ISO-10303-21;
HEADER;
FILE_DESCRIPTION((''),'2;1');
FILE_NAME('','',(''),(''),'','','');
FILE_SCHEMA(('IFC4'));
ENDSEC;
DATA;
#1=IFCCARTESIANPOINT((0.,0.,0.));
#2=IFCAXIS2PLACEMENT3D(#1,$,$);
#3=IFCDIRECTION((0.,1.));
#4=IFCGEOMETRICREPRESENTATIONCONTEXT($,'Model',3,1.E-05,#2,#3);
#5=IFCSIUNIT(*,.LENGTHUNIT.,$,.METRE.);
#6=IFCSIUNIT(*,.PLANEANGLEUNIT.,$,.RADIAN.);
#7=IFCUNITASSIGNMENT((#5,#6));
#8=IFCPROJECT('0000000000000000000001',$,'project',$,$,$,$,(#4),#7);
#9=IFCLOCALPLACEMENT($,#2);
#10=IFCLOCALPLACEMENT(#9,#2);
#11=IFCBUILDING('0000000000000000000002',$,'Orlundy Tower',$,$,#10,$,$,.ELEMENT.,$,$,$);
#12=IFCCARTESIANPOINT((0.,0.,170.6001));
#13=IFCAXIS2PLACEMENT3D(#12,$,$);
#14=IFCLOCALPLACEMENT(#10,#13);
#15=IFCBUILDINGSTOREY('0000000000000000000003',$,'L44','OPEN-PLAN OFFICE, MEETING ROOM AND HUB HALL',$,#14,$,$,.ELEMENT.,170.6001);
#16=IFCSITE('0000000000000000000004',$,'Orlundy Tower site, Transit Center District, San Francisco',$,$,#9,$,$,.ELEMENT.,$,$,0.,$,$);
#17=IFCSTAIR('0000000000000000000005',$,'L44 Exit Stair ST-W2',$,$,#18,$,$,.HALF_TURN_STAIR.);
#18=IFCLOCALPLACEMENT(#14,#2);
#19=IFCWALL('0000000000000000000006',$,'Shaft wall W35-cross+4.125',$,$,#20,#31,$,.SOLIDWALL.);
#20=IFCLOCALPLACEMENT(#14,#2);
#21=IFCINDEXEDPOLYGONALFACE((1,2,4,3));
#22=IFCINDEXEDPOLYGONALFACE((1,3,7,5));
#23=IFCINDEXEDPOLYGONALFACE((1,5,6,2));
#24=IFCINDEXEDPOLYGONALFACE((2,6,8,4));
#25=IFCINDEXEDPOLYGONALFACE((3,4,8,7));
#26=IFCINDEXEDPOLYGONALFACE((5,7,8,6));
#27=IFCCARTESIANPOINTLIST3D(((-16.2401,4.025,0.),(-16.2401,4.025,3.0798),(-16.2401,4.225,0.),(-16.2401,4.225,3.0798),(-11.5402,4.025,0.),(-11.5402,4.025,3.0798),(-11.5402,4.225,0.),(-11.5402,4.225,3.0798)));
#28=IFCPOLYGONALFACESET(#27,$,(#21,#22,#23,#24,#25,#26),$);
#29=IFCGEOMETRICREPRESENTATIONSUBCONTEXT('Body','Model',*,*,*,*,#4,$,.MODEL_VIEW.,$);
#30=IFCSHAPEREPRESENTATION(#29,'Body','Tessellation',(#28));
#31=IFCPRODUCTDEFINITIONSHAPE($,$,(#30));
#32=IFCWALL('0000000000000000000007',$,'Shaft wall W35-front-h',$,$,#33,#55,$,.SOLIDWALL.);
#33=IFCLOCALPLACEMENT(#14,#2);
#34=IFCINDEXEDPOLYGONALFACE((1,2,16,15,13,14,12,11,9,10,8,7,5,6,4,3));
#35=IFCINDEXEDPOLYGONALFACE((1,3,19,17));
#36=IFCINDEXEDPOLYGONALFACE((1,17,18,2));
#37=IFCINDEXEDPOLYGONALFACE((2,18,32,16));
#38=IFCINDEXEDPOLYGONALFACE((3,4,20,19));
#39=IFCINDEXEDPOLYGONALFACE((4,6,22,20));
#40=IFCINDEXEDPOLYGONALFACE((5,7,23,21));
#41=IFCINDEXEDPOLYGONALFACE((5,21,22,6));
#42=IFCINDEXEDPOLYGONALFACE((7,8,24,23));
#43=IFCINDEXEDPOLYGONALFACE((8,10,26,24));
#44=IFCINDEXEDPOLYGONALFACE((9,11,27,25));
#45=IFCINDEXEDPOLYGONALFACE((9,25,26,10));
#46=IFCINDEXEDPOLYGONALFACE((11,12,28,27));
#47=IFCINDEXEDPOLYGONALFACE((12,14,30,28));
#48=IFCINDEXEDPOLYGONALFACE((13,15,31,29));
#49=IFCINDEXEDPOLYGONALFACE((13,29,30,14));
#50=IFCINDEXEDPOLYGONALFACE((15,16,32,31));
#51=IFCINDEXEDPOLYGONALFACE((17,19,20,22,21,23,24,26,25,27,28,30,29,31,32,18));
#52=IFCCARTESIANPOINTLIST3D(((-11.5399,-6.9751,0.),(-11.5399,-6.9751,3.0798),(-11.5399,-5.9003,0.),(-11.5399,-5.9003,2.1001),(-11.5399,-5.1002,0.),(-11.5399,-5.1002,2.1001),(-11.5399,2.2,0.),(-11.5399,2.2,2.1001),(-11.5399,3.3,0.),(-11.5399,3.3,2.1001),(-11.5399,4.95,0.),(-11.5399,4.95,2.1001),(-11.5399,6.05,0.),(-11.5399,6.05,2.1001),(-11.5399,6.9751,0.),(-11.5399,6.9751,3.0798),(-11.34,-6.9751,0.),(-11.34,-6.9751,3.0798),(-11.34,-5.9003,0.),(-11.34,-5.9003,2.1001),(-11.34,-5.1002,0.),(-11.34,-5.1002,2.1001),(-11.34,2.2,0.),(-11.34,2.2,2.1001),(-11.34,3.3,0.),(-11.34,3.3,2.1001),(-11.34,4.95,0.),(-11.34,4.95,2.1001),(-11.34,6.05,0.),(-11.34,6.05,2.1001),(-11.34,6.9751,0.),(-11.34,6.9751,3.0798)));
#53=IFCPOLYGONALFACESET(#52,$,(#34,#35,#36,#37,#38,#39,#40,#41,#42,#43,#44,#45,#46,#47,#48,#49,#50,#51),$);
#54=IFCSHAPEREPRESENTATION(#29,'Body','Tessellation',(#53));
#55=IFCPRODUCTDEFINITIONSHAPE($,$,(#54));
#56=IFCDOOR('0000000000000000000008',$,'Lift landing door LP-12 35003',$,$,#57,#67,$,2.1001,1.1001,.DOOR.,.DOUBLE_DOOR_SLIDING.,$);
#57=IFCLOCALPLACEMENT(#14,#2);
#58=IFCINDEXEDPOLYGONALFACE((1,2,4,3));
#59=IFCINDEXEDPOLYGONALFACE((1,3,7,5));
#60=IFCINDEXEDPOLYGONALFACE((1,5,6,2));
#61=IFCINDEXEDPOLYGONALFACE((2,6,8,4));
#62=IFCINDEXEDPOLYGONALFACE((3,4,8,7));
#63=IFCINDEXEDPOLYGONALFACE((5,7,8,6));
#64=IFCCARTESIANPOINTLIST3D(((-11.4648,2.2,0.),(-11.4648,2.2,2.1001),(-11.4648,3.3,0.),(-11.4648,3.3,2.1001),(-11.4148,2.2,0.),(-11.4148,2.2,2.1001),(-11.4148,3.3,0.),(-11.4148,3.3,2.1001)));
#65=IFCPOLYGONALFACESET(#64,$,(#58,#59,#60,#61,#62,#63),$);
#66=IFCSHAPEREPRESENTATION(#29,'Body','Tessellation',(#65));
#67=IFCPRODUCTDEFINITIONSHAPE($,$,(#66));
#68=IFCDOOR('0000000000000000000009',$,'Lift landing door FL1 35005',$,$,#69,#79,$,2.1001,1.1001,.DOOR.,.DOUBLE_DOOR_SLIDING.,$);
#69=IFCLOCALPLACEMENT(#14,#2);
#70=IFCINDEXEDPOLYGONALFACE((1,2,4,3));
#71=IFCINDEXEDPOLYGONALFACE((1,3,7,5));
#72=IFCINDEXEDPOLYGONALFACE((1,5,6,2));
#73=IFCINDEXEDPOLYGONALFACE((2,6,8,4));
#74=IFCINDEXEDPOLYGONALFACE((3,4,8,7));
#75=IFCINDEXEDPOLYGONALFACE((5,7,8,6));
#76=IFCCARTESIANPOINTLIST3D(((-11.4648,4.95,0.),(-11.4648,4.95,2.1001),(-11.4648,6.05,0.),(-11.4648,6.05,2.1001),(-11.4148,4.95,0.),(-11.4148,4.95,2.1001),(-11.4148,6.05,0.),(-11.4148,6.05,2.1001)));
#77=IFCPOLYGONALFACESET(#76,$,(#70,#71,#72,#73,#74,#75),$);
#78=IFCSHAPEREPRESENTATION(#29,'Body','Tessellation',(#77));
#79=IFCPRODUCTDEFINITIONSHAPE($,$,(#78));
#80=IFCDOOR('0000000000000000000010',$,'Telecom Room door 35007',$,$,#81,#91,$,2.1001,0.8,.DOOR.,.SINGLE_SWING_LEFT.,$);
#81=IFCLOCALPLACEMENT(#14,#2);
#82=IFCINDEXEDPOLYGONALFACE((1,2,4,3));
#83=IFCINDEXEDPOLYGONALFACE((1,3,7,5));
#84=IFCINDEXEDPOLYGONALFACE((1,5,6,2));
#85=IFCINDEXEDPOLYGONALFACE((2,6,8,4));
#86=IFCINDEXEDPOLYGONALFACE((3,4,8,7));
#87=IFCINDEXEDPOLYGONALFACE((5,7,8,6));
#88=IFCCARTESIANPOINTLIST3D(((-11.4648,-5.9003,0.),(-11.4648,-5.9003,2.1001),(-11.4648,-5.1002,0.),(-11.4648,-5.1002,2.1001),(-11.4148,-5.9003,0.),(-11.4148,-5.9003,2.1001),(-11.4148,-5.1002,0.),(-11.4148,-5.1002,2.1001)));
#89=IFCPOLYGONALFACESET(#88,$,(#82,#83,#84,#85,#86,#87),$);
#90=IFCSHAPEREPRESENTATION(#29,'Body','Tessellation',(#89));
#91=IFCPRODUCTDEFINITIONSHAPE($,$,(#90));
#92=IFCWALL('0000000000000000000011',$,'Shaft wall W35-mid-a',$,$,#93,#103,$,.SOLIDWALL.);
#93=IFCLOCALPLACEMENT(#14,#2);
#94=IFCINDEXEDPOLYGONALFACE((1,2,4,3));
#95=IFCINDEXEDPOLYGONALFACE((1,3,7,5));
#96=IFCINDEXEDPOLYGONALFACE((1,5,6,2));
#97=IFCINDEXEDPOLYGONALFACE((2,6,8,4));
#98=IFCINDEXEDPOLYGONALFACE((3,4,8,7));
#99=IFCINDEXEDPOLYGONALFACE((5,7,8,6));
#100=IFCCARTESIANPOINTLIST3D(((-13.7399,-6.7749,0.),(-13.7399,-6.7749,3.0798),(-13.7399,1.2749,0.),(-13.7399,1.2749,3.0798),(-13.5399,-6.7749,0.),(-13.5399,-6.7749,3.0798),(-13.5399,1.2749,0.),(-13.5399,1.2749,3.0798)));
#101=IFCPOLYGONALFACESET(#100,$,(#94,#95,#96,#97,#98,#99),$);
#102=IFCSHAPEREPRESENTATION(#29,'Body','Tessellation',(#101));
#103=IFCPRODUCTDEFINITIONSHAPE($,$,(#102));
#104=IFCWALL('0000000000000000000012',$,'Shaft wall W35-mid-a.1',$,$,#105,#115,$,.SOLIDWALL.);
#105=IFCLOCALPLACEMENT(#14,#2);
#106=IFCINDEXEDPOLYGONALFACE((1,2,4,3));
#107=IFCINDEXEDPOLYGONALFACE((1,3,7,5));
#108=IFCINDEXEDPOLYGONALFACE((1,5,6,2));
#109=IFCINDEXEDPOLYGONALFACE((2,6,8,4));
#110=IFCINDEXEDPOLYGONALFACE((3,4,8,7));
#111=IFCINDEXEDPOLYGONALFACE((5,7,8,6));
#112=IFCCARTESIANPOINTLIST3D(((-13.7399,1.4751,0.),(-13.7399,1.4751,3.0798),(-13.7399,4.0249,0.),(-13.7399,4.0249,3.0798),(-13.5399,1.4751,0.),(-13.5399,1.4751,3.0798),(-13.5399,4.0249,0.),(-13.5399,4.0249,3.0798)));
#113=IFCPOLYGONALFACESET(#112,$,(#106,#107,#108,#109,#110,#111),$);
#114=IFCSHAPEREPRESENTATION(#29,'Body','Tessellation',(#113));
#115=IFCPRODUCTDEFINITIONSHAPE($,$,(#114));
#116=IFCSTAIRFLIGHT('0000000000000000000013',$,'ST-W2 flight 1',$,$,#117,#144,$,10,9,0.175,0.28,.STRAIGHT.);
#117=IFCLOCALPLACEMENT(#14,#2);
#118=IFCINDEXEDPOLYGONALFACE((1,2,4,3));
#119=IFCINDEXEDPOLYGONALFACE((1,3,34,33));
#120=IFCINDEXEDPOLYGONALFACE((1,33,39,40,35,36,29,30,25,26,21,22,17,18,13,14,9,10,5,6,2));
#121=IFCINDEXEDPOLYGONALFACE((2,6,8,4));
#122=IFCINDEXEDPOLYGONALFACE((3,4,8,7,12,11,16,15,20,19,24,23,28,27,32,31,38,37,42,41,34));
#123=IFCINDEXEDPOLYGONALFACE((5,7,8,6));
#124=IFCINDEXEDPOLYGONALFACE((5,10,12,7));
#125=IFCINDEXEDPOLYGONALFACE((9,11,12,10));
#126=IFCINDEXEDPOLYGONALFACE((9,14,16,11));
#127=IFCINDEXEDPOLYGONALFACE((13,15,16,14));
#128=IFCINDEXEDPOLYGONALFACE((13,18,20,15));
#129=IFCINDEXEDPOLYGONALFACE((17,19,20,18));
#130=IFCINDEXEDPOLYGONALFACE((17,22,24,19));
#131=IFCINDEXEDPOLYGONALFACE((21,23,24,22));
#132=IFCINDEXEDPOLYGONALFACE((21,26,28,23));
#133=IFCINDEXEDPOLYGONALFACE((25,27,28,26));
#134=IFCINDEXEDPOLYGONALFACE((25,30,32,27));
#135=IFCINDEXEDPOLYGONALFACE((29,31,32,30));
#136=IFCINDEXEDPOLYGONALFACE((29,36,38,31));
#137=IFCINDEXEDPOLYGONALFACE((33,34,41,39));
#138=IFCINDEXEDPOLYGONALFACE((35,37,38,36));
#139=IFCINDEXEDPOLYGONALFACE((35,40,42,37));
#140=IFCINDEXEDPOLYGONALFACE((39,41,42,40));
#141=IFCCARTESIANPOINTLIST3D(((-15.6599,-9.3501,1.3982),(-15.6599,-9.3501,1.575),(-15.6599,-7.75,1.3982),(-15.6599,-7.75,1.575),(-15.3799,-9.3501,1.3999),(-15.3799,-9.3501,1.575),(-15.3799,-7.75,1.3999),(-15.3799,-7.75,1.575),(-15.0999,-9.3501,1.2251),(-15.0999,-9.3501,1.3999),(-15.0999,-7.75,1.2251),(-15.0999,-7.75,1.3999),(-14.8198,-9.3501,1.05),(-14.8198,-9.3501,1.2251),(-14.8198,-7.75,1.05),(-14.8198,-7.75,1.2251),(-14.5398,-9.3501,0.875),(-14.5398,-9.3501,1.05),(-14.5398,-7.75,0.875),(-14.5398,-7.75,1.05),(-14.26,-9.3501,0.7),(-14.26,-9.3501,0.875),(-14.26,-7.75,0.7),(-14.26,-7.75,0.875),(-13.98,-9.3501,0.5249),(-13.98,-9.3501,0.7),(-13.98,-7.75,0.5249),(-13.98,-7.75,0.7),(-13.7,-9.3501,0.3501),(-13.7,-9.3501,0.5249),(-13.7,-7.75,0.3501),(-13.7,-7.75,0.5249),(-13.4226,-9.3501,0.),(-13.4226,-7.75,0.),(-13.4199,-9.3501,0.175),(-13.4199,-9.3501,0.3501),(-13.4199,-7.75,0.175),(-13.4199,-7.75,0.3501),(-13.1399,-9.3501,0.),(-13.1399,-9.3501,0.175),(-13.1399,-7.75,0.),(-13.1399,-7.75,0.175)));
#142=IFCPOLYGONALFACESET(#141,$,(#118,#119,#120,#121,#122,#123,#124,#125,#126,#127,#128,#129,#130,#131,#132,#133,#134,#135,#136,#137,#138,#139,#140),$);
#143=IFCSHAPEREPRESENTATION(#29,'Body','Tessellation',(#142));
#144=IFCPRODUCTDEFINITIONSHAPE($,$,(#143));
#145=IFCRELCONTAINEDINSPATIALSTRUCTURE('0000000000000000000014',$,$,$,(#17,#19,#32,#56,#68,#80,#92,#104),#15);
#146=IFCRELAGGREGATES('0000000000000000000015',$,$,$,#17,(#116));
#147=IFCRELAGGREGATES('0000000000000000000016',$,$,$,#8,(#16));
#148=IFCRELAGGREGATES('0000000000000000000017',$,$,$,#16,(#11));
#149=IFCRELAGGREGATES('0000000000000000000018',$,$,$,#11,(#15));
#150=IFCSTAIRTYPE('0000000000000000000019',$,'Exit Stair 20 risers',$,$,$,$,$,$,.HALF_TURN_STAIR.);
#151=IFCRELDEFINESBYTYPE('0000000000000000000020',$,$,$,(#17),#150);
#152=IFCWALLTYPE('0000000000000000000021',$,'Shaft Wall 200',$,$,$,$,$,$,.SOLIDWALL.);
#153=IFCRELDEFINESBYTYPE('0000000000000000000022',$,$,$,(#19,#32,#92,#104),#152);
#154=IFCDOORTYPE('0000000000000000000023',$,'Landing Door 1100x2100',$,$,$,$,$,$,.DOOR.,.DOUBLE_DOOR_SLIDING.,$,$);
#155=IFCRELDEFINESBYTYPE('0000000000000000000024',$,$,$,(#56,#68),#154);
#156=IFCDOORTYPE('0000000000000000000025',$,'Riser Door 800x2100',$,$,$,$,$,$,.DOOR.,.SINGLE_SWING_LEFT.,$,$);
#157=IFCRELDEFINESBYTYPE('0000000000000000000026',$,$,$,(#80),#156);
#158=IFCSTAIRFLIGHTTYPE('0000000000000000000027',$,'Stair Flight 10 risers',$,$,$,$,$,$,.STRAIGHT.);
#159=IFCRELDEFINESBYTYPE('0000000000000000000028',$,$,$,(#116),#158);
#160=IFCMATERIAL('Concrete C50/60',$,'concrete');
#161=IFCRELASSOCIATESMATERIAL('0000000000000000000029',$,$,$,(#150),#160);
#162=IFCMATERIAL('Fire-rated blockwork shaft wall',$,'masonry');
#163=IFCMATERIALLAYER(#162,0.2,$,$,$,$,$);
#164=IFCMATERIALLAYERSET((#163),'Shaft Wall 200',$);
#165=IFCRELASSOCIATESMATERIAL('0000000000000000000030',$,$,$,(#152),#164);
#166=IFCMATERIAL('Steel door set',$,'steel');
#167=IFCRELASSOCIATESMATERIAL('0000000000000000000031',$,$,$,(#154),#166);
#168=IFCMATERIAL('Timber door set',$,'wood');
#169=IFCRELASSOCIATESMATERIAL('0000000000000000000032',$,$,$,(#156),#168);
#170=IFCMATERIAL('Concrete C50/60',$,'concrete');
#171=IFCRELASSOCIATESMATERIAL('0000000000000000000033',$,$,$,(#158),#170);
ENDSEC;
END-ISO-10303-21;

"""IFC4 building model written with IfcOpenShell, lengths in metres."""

from ifc_helpers import new_model, si_unit, direction, frame, frame_2d, origin, place, context, subcontext, project, spatial, polyline, rectangle, outline, extrude, material, layer, layer_set, type_object, element, fill, aggregate, save


model = new_model("IFC4")

# Units and contexts
model_context = context("Model", 3, precision=1e-05, world=origin(), true_north=direction((0.0, 1.0)))
body_context = subcontext(model_context, "Body", "Model", "MODEL_VIEW")
ifc_project = project(units=[si_unit("LENGTHUNIT", "METRE"), si_unit("PLANEANGLEUNIT", "RADIAN")], contexts=[model_context])

# Site, building, storey
site_placement = place(None, origin())
site = spatial("IfcSite", under=ifc_project, at=site_placement, Name="Orlundy Tower site, Transit Center District, San Francisco", CompositionType="ELEMENT", RefElevation=0.0)
building_placement = place(site_placement, origin())
building = spatial("IfcBuilding", under=site, at=building_placement, Name="Orlundy Tower", CompositionType="ELEMENT")
storey_placement = place(building_placement, frame((0.0, 0.0, 170.6001)))
storey = spatial("IfcBuildingStorey", under=building, at=storey_placement, Name="L44", Description="OPEN-PLAN OFFICE, MEETING ROOM AND HUB HALL", CompositionType="ELEMENT", Elevation=170.6001)

# Stair
ifc_material_1 = material(Name="Concrete C50/60", Category="concrete")
stair_type = type_object("IfcStairType", Name="Exit Stair 20 risers", PredefinedType="HALF_TURN_STAIR", material=ifc_material_1)
stair_1_placement = place(storey_placement, origin())
stair_1 = element("IfcStair", 1, at=stair_1_placement, inside=storey, type_object=stair_type, Name="L44 Exit Stair ST-W2", PredefinedType="HALF_TURN_STAIR")

# Wall
ifc_material_2 = material(Name="Fire-rated blockwork shaft wall", Category="masonry")
ifc_layer_1 = layer(ifc_material_2, 0.2)
ifc_layer_set_1 = layer_set([ifc_layer_1], Name="Shaft Wall 200")
wall_type_1 = type_object("IfcWallType", Name="Shaft Wall 200", PredefinedType="SOLIDWALL", material=ifc_layer_set_1)
wall_1_placement = place(storey_placement, frame((-11.54, 4.125, 0.0), z_axis=(0.0, 0.0, 1.0), x_axis=(-1.0, 0.0, 0.0)))
element("IfcWall", 2, at=wall_1_placement, inside=storey, type_object=wall_type_1, Name="Shaft wall W35-cross+4.125", PredefinedType="SOLIDWALL", context=body_context, shape_type="SweptSolid", body=[
    extrude(rectangle(XDim=4.7, YDim=0.2, at=frame_2d((2.3501, 0.0))), origin(), (0.0, 0.0, 1.0), 3.0798),
])

# Wall, openings, doors
wall_2_placement = place(storey_placement, frame((-11.4399, -6.9751, 0.0), z_axis=(0.0, 0.0, 1.0), x_axis=(0.0, 1.0, 0.0)))
wall_2 = element("IfcWall", 3, at=wall_2_placement, inside=storey, type_object=wall_type_1, Name="Shaft wall W35-front-h", PredefinedType="SOLIDWALL", context=body_context, shape_type="SweptSolid", body=[
    extrude(rectangle(XDim=13.9502, YDim=0.2, at=frame_2d((6.9751, 0.0))), origin(), (0.0, 0.0, 1.0), 3.0798),
])
opening_1_placement = place(wall_2_placement, frame((9.175, 0.0, 0.0)))
opening_1 = element("IfcOpeningElement", 4, at=opening_1_placement, cuts=wall_2, PredefinedType="OPENING", context=body_context, shape_type="SweptSolid", body=[
    extrude(rectangle(XDim=1.1001, YDim=2.1001, at=frame_2d((0.55, 1.05))), frame((0.0, 0.1101, 0.0), z_axis=(0.0, -1.0, 0.0), x_axis=(1.0, 0.0, 0.0)), (0.0, 0.0, 1.0), 0.2202),
])
opening_2_placement = place(wall_2_placement, frame((11.925, 0.0, 0.0)))
opening_2 = element("IfcOpeningElement", 5, at=opening_2_placement, cuts=wall_2, PredefinedType="OPENING", context=body_context, shape_type="SweptSolid", body=[
    extrude(rectangle(XDim=1.1001, YDim=2.1001, at=frame_2d((0.55, 1.05))), frame((0.0, 0.1101, 0.0), z_axis=(0.0, -1.0, 0.0), x_axis=(1.0, 0.0, 0.0)), (0.0, 0.0, 1.0), 0.2202),
])
opening_3_placement = place(wall_2_placement, frame((1.075, 0.0, 0.0)))
opening_3 = element("IfcOpeningElement", 6, at=opening_3_placement, cuts=wall_2, PredefinedType="OPENING", context=body_context, shape_type="SweptSolid", body=[
    extrude(rectangle(XDim=0.8, YDim=2.1001, at=frame_2d((0.3999, 1.05))), frame((0.0, 0.1101, 0.0), z_axis=(0.0, -1.0, 0.0), x_axis=(1.0, 0.0, 0.0)), (0.0, 0.0, 1.0), 0.2202),
])
ifc_material_3 = material(Name="Steel door set", Category="steel")
door_type_1 = type_object("IfcDoorType", Name="Landing Door 1100x2100", OperationType="DOUBLE_DOOR_SLIDING", PredefinedType="DOOR", material=ifc_material_3)
door_1_placement = place(opening_1_placement, origin())
door_1 = element("IfcDoor", 7, at=door_1_placement, inside=storey, type_object=door_type_1, Name="Lift landing door LP-12 35003", OperationType="DOUBLE_DOOR_SLIDING", OverallHeight=2.1001, OverallWidth=1.1001, PredefinedType="DOOR", context=body_context, shape_type="SweptSolid", body=[
    extrude(rectangle(XDim=1.1001, YDim=2.1001, at=frame_2d((0.55, 1.05))), frame((0.0, 0.0249, 0.0), z_axis=(0.0, -1.0, 0.0), x_axis=(1.0, 0.0, 0.0)), (0.0, 0.0, 1.0), 0.05),
])
fill(opening_1, door_1)
door_2_placement = place(opening_2_placement, origin())
door_2 = element("IfcDoor", 8, at=door_2_placement, inside=storey, type_object=door_type_1, Name="Lift landing door FL1 35005", OperationType="DOUBLE_DOOR_SLIDING", OverallHeight=2.1001, OverallWidth=1.1001, PredefinedType="DOOR", context=body_context, shape_type="SweptSolid", body=[
    extrude(rectangle(XDim=1.1001, YDim=2.1001, at=frame_2d((0.55, 1.05))), frame((0.0, 0.0249, 0.0), z_axis=(0.0, -1.0, 0.0), x_axis=(1.0, 0.0, 0.0)), (0.0, 0.0, 1.0), 0.05),
])
fill(opening_2, door_2)
ifc_material_4 = material(Name="Timber door set", Category="wood")
door_type_2 = type_object("IfcDoorType", Name="Riser Door 800x2100", OperationType="SINGLE_SWING_LEFT", PredefinedType="DOOR", material=ifc_material_4)
door_3_placement = place(opening_3_placement, origin())
door_3 = element("IfcDoor", 9, at=door_3_placement, inside=storey, type_object=door_type_2, Name="Telecom Room door 35007", OperationType="SINGLE_SWING_LEFT", OverallHeight=2.1001, OverallWidth=0.8, PredefinedType="DOOR", context=body_context, shape_type="SweptSolid", body=[
    extrude(rectangle(XDim=0.8, YDim=2.1001, at=frame_2d((0.3999, 1.05))), frame((0.0, 0.0249, 0.0), z_axis=(0.0, -1.0, 0.0), x_axis=(1.0, 0.0, 0.0)), (0.0, 0.0, 1.0), 0.05),
])
fill(opening_3, door_3)

# Walls
wall_3_placement = place(storey_placement, frame((-13.6399, -6.7749, 0.0), z_axis=(0.0, 0.0, 1.0), x_axis=(0.0, 1.0, 0.0)))
element("IfcWall", 10, at=wall_3_placement, inside=storey, type_object=wall_type_1, Name="Shaft wall W35-mid-a", PredefinedType="SOLIDWALL", context=body_context, shape_type="SweptSolid", body=[
    extrude(rectangle(XDim=8.0498, YDim=0.2, at=frame_2d((4.0249, 0.0))), origin(), (0.0, 0.0, 1.0), 3.0798),
])
wall_4_placement = place(storey_placement, frame((-13.6399, 1.4751, 0.0), z_axis=(0.0, 0.0, 1.0), x_axis=(0.0, 1.0, 0.0)))
element("IfcWall", 11, at=wall_4_placement, inside=storey, type_object=wall_type_1, Name="Shaft wall W35-mid-a.1", PredefinedType="SOLIDWALL", context=body_context, shape_type="SweptSolid", body=[
    extrude(rectangle(XDim=2.5498, YDim=0.2, at=frame_2d((1.2749, 0.0))), origin(), (0.0, 0.0, 1.0), 3.0798),
])

# Stair flight
ifc_material_5 = material(Name="Concrete C50/60", Category="concrete")
stair_flight_type = type_object("IfcStairFlightType", Name="Stair Flight 10 risers", PredefinedType="STRAIGHT", material=ifc_material_5)
stair_flight_placement = place(storey_placement, frame((-13.1399, -8.55, 0.0), z_axis=(0.0, 0.0, 1.0), x_axis=(-1.0, 0.0, 0.0)))
stair_flight = element("IfcStairFlight", 12, at=stair_flight_placement, type_object=stair_flight_type, Name="ST-W2 flight 1", NumberOfRisers=10, NumberOfTreads=9, PredefinedType="STRAIGHT", RiserHeight=0.175, TreadLength=0.28, context=body_context, shape_type="SweptSolid", body=[
    extrude(outline(polyline([(0.0, 0.0), (0.0, 0.175), (0.28, 0.175), (0.28, 0.3501), (0.5601, 0.3501), (0.5601, 0.5249), (0.8401, 0.5249), (0.8401, 0.7), (1.1201, 0.7), (1.1201, 0.875), (1.3999, 0.875), (1.3999, 1.05), (1.6799, 1.05), (1.6799, 1.2251), (1.96, 1.2251), (1.96, 1.3999), (2.24, 1.3999), (2.24, 1.575), (2.52, 1.575), (2.52, 1.75), (2.52, 1.3982), (0.2827, 0.0), (0.0, 0.0)])), frame((0.0, 0.8, 0.0), z_axis=(0.0, -1.0, 0.0), x_axis=(1.0, 0.0, 0.0)), (0.0, 0.0, 1.0), 1.6001),
])
aggregate(stair_1, [stair_flight])

save(model, "model.ifc")
